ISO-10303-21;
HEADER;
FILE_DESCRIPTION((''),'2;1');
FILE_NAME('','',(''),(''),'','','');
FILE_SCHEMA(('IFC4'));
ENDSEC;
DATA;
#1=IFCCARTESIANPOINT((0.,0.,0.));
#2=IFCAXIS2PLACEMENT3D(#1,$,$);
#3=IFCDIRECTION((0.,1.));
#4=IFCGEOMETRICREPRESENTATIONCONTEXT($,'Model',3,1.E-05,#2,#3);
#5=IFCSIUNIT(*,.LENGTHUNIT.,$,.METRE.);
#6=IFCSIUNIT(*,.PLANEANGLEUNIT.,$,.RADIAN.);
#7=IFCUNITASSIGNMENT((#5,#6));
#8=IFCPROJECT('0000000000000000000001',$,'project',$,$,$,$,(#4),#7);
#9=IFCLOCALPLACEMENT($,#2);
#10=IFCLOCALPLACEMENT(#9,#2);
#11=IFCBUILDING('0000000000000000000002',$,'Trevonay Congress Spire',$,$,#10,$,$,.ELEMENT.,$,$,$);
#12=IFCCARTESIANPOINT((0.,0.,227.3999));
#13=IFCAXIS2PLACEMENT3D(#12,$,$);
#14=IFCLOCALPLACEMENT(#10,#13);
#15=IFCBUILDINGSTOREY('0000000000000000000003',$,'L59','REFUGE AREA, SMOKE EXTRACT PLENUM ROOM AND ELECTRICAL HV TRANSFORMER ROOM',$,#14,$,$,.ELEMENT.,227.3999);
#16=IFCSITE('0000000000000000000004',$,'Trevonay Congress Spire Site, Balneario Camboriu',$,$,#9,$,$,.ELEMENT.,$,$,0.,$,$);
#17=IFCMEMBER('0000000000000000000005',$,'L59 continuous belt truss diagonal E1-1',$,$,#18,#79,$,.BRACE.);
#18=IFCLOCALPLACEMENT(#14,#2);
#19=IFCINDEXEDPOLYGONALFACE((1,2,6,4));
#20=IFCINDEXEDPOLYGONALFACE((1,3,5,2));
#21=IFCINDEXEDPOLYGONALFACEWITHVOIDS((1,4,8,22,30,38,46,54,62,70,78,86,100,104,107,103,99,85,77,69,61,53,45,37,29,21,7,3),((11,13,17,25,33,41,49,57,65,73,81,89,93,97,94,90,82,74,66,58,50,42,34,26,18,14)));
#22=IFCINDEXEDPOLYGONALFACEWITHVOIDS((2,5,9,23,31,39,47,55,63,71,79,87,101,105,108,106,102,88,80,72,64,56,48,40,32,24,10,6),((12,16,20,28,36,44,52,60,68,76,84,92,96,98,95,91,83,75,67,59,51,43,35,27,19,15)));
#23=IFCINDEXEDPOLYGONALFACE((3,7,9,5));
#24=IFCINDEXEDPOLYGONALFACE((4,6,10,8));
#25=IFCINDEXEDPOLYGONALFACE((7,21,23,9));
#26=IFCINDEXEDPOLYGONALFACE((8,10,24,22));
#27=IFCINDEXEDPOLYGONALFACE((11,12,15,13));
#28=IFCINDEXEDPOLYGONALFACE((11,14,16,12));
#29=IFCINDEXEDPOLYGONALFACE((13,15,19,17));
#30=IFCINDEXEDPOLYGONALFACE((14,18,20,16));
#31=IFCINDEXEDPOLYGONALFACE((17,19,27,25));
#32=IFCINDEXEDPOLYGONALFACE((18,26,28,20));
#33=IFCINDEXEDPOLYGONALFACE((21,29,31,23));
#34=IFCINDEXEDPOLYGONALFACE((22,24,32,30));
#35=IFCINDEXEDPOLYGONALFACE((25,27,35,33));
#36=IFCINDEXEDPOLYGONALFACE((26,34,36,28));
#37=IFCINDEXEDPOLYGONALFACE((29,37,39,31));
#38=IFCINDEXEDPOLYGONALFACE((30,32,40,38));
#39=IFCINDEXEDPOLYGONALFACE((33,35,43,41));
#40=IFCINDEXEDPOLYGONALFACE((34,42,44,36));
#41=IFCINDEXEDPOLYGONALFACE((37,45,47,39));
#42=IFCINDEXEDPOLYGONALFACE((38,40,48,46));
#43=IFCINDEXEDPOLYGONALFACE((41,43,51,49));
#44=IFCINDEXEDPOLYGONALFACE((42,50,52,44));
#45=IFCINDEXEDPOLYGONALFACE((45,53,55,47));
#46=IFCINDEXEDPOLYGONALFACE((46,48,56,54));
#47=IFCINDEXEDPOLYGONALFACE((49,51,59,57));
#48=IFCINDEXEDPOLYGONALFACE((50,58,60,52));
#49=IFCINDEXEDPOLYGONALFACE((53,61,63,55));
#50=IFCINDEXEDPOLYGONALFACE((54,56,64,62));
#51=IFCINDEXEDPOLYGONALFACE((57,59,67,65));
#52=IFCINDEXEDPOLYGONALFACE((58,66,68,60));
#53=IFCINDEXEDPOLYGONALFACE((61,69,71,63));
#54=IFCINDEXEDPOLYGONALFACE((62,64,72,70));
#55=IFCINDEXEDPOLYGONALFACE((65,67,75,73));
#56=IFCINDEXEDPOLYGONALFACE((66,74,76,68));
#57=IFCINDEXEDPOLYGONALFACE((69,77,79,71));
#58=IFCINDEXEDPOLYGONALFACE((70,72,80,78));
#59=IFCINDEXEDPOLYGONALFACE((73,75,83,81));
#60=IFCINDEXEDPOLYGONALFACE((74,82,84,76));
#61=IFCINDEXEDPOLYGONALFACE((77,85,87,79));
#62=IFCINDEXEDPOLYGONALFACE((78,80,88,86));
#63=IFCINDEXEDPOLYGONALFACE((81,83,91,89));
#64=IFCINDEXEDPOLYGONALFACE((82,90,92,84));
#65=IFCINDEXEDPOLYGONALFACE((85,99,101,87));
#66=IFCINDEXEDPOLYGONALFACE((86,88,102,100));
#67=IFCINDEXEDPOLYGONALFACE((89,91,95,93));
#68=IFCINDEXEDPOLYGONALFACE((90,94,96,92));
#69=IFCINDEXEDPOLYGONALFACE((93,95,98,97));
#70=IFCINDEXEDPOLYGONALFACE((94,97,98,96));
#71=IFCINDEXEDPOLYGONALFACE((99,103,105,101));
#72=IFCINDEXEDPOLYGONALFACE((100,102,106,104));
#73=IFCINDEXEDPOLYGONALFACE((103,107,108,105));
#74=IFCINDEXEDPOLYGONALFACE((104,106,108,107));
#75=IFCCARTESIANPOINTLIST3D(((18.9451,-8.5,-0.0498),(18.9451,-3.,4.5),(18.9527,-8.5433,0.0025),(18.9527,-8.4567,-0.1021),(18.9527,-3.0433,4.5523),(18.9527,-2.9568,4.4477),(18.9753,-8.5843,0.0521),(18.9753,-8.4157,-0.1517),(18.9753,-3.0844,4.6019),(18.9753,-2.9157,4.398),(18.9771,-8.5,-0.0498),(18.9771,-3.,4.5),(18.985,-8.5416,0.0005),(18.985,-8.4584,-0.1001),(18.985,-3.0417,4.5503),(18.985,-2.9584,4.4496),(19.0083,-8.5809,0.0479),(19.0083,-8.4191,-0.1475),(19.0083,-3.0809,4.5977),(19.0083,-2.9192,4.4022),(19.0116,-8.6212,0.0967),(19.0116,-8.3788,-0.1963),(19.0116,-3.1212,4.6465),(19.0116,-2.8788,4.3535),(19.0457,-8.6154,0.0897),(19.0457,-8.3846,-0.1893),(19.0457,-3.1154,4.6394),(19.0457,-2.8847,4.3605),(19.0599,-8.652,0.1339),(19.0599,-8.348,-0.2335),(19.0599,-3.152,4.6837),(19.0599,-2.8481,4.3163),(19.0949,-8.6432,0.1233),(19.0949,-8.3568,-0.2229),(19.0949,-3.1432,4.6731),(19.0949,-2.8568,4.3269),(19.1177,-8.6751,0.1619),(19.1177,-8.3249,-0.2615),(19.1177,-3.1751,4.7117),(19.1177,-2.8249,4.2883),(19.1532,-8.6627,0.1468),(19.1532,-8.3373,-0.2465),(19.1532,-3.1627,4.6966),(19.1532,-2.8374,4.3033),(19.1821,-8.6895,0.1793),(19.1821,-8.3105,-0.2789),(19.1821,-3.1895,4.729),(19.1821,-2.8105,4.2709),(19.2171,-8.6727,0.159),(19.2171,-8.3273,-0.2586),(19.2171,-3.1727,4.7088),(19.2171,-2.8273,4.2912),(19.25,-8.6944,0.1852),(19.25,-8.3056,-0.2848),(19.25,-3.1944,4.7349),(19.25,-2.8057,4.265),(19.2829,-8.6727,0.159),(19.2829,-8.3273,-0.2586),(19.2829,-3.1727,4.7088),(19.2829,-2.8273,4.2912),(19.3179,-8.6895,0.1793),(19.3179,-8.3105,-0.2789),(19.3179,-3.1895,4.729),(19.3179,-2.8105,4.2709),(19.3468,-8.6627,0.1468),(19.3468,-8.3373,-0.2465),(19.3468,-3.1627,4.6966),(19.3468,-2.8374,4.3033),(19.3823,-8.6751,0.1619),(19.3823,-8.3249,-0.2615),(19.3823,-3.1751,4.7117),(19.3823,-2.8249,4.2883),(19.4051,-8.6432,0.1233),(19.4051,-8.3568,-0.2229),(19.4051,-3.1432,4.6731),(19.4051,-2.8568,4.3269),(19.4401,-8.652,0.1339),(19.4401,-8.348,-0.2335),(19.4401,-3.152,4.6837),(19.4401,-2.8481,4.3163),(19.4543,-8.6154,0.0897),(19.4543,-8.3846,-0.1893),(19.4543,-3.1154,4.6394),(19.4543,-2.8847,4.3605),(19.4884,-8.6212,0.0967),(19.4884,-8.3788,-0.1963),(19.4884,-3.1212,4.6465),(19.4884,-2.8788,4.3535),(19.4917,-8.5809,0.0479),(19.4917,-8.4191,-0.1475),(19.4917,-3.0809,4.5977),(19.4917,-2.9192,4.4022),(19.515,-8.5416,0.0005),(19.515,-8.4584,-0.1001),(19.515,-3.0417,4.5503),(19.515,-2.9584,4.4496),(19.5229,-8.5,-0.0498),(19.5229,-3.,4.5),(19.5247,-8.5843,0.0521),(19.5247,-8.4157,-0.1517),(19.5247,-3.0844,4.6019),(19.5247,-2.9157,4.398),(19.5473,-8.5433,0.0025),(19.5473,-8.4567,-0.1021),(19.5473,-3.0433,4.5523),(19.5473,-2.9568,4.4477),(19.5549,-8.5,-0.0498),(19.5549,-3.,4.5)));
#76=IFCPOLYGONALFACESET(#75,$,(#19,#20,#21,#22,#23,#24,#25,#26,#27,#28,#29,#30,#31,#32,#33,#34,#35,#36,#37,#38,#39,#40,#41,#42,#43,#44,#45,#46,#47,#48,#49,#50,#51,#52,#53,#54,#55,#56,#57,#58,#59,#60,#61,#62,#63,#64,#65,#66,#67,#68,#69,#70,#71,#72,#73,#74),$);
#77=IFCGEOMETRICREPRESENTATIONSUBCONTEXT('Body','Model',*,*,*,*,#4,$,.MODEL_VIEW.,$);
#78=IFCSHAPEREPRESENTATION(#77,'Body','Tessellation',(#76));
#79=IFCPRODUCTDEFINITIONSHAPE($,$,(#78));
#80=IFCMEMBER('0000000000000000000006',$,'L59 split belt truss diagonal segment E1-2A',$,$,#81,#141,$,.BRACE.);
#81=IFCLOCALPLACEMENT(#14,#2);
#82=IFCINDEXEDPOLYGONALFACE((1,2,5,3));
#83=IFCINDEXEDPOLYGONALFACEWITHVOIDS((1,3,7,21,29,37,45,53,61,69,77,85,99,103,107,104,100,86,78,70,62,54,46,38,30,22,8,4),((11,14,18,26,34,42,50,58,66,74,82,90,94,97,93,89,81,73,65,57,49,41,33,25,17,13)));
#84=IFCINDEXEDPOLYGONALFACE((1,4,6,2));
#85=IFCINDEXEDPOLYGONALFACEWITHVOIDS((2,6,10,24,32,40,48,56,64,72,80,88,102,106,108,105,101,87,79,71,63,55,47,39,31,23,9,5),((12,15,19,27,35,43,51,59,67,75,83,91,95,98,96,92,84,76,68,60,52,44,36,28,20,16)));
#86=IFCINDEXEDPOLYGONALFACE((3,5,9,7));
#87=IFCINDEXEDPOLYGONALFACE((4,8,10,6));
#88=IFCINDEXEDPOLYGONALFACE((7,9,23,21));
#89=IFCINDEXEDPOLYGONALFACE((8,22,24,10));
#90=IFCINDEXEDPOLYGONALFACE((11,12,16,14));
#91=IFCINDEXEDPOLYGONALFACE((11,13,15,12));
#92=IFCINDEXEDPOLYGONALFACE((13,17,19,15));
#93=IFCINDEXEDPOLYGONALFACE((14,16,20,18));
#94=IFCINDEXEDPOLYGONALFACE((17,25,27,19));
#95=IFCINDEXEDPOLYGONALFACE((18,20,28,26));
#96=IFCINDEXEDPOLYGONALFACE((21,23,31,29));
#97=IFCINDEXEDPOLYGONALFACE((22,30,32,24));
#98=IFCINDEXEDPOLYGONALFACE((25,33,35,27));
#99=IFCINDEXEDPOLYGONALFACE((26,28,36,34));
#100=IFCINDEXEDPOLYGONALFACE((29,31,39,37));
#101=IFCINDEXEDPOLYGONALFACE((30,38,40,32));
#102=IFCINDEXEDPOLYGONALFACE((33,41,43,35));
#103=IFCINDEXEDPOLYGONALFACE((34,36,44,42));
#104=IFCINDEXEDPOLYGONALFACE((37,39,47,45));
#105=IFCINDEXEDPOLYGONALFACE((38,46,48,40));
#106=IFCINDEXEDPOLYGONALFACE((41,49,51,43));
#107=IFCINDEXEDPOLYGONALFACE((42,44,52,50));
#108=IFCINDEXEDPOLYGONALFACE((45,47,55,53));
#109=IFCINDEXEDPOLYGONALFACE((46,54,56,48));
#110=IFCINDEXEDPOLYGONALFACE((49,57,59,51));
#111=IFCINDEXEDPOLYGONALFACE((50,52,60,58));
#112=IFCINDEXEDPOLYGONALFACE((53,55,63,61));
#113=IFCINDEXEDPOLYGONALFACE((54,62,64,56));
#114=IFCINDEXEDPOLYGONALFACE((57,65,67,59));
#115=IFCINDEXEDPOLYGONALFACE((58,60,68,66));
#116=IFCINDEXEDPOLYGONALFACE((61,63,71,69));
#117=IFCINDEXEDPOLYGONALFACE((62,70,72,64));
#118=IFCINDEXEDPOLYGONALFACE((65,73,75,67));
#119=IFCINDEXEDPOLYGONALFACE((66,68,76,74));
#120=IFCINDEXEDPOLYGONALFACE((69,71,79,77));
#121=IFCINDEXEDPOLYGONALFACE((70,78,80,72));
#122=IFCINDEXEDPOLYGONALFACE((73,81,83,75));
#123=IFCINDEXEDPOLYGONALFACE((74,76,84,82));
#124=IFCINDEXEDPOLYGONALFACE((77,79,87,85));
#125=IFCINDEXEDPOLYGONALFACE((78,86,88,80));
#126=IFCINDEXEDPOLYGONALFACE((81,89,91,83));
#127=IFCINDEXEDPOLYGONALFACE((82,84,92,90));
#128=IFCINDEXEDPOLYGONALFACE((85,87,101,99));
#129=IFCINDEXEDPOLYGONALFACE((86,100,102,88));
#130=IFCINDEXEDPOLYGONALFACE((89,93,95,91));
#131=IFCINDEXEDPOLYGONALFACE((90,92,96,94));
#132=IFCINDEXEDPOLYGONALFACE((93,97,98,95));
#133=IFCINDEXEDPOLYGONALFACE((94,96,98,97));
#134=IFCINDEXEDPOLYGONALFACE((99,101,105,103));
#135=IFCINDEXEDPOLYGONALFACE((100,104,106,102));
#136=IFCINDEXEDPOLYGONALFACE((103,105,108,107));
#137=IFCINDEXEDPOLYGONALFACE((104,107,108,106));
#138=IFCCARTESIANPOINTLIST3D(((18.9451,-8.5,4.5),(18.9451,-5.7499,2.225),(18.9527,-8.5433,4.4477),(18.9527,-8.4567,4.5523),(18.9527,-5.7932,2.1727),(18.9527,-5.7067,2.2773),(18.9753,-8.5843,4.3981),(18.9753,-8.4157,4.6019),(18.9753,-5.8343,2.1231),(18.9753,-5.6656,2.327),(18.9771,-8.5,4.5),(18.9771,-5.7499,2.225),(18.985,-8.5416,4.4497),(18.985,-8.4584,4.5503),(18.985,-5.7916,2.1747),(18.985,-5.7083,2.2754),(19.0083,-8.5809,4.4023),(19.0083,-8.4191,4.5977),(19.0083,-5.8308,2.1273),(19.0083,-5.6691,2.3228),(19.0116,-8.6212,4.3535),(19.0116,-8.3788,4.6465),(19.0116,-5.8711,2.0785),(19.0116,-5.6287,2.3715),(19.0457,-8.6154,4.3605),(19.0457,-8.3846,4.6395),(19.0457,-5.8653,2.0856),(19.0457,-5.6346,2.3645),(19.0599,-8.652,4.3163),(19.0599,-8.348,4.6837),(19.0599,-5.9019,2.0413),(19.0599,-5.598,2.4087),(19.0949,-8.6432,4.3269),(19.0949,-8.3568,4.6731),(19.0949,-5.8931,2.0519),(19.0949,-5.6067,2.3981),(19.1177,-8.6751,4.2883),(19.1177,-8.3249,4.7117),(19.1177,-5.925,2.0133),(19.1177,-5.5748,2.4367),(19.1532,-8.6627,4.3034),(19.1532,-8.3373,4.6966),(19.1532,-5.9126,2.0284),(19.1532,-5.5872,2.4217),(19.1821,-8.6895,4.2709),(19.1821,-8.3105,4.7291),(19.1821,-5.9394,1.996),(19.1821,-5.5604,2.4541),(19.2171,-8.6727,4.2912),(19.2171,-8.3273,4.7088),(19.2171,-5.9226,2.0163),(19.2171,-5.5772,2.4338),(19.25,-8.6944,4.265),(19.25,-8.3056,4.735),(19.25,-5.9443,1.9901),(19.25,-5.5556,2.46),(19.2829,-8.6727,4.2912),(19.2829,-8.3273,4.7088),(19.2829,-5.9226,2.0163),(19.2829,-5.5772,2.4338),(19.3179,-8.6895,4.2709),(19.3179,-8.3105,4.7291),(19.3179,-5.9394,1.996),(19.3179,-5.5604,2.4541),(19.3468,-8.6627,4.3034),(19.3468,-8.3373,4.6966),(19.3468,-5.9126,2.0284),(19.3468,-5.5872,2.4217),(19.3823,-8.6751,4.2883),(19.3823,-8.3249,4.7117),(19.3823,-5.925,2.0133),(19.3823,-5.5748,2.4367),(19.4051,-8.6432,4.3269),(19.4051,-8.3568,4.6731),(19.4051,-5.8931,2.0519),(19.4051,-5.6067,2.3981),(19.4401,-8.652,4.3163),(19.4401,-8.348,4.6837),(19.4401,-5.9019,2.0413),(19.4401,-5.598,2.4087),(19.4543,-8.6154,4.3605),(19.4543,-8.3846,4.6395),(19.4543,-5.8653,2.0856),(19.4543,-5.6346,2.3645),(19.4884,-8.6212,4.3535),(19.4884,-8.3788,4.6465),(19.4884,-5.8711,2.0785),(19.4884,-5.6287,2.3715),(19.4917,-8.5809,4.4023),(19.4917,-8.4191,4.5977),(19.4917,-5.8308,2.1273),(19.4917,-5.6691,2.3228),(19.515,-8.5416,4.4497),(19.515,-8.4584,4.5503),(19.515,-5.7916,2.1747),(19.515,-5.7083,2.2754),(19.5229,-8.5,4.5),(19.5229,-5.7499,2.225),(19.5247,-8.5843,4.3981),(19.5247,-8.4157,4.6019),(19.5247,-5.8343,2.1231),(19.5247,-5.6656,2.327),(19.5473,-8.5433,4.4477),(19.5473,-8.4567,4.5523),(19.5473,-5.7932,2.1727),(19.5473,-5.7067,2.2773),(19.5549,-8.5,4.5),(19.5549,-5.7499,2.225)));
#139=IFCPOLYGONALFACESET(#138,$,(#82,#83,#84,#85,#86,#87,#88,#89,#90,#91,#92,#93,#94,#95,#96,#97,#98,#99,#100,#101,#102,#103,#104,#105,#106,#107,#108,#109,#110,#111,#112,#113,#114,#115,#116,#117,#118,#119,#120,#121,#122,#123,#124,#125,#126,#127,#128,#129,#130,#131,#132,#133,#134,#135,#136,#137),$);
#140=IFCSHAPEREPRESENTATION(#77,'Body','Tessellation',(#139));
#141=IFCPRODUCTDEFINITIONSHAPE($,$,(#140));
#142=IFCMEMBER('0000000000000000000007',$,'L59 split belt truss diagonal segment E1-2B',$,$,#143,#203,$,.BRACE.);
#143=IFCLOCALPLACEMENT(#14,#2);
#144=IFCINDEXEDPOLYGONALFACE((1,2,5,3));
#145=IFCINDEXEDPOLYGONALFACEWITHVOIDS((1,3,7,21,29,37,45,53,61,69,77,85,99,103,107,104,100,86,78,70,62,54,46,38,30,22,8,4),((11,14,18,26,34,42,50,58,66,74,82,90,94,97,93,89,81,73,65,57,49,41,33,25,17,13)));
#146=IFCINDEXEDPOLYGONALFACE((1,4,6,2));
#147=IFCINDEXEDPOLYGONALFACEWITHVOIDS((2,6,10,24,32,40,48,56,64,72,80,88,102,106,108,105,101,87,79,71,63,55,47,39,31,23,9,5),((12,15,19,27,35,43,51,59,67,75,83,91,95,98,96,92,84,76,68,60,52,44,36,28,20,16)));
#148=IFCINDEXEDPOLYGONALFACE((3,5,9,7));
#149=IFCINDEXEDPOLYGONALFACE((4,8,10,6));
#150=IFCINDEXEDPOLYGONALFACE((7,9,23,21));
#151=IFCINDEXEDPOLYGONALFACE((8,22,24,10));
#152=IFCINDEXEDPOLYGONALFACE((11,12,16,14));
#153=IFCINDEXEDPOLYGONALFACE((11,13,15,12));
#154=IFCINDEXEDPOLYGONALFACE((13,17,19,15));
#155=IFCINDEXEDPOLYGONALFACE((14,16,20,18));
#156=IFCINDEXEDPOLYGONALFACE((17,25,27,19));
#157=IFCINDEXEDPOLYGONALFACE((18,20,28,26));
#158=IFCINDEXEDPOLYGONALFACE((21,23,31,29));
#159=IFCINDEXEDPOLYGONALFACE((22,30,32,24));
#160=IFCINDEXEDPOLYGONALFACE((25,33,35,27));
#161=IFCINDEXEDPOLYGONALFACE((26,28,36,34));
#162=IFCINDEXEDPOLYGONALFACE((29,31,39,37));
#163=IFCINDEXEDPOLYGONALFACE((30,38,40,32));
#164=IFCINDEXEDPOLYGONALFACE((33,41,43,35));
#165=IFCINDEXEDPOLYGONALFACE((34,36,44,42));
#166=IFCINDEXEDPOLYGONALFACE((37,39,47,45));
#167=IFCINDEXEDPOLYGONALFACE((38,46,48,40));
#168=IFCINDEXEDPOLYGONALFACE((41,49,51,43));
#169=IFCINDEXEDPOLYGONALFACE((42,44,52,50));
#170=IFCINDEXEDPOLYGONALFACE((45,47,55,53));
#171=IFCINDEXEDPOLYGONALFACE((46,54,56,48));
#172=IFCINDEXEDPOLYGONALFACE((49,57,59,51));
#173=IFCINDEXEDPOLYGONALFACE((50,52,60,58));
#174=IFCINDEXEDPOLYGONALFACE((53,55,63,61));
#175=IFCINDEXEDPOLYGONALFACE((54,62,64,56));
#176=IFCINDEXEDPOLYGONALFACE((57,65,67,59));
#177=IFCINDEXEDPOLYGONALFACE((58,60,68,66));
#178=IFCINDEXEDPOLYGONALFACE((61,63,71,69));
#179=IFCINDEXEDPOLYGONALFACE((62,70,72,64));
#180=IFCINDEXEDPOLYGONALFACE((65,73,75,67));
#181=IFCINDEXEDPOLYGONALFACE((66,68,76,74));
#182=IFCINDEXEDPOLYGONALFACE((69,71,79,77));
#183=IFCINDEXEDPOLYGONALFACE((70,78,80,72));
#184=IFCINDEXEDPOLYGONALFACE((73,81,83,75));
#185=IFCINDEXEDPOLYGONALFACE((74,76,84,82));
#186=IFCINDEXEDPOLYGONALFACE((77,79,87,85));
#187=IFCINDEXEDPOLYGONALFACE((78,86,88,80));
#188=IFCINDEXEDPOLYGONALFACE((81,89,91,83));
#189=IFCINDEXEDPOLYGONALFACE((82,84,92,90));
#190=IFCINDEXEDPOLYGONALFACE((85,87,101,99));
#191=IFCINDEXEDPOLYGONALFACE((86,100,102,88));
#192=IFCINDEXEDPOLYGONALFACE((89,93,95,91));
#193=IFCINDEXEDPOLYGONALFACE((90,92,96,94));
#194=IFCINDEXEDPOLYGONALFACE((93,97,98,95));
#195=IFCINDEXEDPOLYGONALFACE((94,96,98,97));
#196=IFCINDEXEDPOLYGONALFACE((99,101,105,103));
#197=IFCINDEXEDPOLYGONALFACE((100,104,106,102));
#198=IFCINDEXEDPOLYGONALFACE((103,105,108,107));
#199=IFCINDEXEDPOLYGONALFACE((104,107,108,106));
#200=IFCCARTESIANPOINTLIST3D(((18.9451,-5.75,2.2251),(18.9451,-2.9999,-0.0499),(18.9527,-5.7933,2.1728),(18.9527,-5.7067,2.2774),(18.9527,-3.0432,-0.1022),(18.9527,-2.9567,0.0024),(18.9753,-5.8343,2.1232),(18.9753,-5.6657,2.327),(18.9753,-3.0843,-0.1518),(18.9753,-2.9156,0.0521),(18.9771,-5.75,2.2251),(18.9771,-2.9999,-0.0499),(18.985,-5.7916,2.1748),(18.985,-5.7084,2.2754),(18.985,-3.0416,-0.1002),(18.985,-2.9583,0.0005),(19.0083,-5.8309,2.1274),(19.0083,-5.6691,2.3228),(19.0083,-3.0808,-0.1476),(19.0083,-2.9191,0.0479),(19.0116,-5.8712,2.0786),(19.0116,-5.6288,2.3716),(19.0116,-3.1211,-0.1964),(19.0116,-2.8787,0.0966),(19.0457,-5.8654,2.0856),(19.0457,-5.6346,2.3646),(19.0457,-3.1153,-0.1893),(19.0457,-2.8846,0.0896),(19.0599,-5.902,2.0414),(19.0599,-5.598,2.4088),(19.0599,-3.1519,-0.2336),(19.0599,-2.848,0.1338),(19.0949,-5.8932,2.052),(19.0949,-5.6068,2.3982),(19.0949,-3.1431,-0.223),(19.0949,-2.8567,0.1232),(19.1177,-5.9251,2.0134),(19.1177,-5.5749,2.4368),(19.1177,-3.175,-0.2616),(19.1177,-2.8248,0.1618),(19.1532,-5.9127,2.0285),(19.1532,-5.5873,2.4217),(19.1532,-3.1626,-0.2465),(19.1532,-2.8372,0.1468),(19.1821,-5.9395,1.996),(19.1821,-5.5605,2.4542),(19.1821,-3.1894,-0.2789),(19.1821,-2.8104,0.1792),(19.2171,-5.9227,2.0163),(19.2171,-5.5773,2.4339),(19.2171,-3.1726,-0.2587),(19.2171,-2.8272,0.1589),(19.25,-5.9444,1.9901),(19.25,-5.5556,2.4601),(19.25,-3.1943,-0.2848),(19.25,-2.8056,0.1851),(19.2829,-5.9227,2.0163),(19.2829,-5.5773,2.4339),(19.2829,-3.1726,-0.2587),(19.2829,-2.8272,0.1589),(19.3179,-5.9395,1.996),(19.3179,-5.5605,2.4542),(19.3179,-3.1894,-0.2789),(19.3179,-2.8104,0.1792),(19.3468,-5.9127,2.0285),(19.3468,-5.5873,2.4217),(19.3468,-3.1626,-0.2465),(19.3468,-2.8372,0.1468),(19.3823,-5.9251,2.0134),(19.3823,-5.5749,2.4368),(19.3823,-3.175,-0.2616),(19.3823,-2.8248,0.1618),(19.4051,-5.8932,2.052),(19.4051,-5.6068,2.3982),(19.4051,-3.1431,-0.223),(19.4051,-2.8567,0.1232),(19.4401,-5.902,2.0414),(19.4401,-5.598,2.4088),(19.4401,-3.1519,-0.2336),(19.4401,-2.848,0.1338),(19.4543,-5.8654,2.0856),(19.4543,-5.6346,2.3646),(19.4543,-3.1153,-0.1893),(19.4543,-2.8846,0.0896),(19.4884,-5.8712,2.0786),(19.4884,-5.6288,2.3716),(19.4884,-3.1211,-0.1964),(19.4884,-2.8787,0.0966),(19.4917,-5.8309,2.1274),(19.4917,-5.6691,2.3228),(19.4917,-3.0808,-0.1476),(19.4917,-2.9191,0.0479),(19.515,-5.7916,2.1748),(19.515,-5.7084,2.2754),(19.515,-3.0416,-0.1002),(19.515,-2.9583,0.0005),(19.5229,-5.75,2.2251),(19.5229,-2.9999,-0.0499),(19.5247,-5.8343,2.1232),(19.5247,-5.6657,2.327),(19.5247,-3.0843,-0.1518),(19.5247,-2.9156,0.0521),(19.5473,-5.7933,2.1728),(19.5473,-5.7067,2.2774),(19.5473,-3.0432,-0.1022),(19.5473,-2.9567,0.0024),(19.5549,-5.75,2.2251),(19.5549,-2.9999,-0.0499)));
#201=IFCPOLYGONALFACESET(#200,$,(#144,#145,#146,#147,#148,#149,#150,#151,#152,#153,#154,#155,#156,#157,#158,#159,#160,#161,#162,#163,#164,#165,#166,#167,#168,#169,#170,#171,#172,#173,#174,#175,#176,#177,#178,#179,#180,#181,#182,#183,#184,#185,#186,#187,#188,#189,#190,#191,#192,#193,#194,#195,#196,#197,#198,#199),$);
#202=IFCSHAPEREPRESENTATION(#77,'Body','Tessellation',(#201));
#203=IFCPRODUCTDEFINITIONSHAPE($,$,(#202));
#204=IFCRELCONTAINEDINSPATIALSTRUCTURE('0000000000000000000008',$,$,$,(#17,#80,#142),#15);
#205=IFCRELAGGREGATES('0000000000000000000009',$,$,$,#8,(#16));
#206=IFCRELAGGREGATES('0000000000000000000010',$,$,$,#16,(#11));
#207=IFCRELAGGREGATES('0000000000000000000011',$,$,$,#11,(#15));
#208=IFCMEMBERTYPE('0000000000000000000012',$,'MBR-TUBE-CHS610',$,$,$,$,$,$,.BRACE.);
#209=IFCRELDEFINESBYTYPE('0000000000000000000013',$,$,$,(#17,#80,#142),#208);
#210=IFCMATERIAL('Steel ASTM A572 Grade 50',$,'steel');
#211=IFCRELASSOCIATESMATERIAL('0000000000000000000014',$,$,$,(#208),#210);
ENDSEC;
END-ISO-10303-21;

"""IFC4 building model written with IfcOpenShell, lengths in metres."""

from ifc_helpers import new_model, si_unit, direction, frame, origin, origin_2d, place, context, subcontext, project, spatial, hollow_circle, extrude, material, material_profile, profile_set, type_object, element, save


model = new_model("IFC4")

# Units and contexts
model_context = context("Model", 3, precision=1e-05, world=origin(), true_north=direction((0.0, 1.0)))
body_context = subcontext(model_context, "Body", "Model", "MODEL_VIEW")
ifc_project = project(units=[si_unit("LENGTHUNIT", "METRE"), si_unit("PLANEANGLEUNIT", "RADIAN")], contexts=[model_context])

# Site, building, storey
site_placement = place(None, origin())
site = spatial("IfcSite", under=ifc_project, at=site_placement, Name="Trevonay Congress Spire Site, Balneario Camboriu", CompositionType="ELEMENT", RefElevation=0.0)
building_placement = place(site_placement, origin())
building = spatial("IfcBuilding", under=site, at=building_placement, Name="Trevonay Congress Spire", CompositionType="ELEMENT")
storey_placement = place(building_placement, frame((0.0, 0.0, 227.3999)))
storey = spatial("IfcBuildingStorey", under=building, at=storey_placement, Name="L59", Description="REFUGE AREA, SMOKE EXTRACT PLENUM ROOM AND ELECTRICAL HV TRANSFORMER ROOM", CompositionType="ELEMENT", Elevation=227.3999)

# Shared definitions
ifc_material_1 = material(Name="Steel ASTM A572 Grade 50", Category="steel")

# Members
ifc_material_profile_1 = material_profile(ifc_material_1, hollow_circle(Radius=0.3049, WallThickness=0.032, at=origin_2d()), Name="CHS 610x32")
ifc_profile_set_1 = profile_set([ifc_material_profile_1], Name="Steel ASTM A572 Grade 50")
member_type_1 = type_object("IfcMemberType", Name="MBR-TUBE-CHS610", PredefinedType="BRACE", material=ifc_profile_set_1)
member_1_placement = place(storey_placement, frame((19.25, -8.5, -0.0498), z_axis=(0.0, 0.770526, 0.637408), x_axis=(-1.0, 0.0, 0.0)))
element("IfcMember", 1, at=member_1_placement, inside=storey, type_object=member_type_1, Name="L59 continuous belt truss diagonal E1-1", PredefinedType="BRACE", context=body_context, shape_type="SweptSolid", body=[
    extrude(hollow_circle(Radius=0.3049, WallThickness=0.032, at=origin_2d()), origin(), (0.0, 0.0, 1.0), 7.1379),
])
for number, where, z_axis, x_axis, name in (
    (2, (19.25, -8.5, 4.5), (0.0, 0.770526, -0.637408), (-1.0, 0.0, 0.0), "L59 split belt truss diagonal segment E1-2A"),
    (3, (19.25, -5.75, 2.2251), (0.0, 0.770526, -0.637408), (-1.0, 0.0, 0.0), "L59 split belt truss diagonal segment E1-2B"),
):
    element("IfcMember", number, at=place(storey_placement, frame(where, z_axis=z_axis, x_axis=x_axis)), inside=storey, type_object=member_type_1, Name=name, PredefinedType="BRACE", context=body_context, shape_type="SweptSolid", body=[
        extrude(hollow_circle(Radius=0.3049, WallThickness=0.032, at=origin_2d()), origin(), (0.0, 0.0, 1.0), 3.5691),
    ])

save(model, "model.ifc")
